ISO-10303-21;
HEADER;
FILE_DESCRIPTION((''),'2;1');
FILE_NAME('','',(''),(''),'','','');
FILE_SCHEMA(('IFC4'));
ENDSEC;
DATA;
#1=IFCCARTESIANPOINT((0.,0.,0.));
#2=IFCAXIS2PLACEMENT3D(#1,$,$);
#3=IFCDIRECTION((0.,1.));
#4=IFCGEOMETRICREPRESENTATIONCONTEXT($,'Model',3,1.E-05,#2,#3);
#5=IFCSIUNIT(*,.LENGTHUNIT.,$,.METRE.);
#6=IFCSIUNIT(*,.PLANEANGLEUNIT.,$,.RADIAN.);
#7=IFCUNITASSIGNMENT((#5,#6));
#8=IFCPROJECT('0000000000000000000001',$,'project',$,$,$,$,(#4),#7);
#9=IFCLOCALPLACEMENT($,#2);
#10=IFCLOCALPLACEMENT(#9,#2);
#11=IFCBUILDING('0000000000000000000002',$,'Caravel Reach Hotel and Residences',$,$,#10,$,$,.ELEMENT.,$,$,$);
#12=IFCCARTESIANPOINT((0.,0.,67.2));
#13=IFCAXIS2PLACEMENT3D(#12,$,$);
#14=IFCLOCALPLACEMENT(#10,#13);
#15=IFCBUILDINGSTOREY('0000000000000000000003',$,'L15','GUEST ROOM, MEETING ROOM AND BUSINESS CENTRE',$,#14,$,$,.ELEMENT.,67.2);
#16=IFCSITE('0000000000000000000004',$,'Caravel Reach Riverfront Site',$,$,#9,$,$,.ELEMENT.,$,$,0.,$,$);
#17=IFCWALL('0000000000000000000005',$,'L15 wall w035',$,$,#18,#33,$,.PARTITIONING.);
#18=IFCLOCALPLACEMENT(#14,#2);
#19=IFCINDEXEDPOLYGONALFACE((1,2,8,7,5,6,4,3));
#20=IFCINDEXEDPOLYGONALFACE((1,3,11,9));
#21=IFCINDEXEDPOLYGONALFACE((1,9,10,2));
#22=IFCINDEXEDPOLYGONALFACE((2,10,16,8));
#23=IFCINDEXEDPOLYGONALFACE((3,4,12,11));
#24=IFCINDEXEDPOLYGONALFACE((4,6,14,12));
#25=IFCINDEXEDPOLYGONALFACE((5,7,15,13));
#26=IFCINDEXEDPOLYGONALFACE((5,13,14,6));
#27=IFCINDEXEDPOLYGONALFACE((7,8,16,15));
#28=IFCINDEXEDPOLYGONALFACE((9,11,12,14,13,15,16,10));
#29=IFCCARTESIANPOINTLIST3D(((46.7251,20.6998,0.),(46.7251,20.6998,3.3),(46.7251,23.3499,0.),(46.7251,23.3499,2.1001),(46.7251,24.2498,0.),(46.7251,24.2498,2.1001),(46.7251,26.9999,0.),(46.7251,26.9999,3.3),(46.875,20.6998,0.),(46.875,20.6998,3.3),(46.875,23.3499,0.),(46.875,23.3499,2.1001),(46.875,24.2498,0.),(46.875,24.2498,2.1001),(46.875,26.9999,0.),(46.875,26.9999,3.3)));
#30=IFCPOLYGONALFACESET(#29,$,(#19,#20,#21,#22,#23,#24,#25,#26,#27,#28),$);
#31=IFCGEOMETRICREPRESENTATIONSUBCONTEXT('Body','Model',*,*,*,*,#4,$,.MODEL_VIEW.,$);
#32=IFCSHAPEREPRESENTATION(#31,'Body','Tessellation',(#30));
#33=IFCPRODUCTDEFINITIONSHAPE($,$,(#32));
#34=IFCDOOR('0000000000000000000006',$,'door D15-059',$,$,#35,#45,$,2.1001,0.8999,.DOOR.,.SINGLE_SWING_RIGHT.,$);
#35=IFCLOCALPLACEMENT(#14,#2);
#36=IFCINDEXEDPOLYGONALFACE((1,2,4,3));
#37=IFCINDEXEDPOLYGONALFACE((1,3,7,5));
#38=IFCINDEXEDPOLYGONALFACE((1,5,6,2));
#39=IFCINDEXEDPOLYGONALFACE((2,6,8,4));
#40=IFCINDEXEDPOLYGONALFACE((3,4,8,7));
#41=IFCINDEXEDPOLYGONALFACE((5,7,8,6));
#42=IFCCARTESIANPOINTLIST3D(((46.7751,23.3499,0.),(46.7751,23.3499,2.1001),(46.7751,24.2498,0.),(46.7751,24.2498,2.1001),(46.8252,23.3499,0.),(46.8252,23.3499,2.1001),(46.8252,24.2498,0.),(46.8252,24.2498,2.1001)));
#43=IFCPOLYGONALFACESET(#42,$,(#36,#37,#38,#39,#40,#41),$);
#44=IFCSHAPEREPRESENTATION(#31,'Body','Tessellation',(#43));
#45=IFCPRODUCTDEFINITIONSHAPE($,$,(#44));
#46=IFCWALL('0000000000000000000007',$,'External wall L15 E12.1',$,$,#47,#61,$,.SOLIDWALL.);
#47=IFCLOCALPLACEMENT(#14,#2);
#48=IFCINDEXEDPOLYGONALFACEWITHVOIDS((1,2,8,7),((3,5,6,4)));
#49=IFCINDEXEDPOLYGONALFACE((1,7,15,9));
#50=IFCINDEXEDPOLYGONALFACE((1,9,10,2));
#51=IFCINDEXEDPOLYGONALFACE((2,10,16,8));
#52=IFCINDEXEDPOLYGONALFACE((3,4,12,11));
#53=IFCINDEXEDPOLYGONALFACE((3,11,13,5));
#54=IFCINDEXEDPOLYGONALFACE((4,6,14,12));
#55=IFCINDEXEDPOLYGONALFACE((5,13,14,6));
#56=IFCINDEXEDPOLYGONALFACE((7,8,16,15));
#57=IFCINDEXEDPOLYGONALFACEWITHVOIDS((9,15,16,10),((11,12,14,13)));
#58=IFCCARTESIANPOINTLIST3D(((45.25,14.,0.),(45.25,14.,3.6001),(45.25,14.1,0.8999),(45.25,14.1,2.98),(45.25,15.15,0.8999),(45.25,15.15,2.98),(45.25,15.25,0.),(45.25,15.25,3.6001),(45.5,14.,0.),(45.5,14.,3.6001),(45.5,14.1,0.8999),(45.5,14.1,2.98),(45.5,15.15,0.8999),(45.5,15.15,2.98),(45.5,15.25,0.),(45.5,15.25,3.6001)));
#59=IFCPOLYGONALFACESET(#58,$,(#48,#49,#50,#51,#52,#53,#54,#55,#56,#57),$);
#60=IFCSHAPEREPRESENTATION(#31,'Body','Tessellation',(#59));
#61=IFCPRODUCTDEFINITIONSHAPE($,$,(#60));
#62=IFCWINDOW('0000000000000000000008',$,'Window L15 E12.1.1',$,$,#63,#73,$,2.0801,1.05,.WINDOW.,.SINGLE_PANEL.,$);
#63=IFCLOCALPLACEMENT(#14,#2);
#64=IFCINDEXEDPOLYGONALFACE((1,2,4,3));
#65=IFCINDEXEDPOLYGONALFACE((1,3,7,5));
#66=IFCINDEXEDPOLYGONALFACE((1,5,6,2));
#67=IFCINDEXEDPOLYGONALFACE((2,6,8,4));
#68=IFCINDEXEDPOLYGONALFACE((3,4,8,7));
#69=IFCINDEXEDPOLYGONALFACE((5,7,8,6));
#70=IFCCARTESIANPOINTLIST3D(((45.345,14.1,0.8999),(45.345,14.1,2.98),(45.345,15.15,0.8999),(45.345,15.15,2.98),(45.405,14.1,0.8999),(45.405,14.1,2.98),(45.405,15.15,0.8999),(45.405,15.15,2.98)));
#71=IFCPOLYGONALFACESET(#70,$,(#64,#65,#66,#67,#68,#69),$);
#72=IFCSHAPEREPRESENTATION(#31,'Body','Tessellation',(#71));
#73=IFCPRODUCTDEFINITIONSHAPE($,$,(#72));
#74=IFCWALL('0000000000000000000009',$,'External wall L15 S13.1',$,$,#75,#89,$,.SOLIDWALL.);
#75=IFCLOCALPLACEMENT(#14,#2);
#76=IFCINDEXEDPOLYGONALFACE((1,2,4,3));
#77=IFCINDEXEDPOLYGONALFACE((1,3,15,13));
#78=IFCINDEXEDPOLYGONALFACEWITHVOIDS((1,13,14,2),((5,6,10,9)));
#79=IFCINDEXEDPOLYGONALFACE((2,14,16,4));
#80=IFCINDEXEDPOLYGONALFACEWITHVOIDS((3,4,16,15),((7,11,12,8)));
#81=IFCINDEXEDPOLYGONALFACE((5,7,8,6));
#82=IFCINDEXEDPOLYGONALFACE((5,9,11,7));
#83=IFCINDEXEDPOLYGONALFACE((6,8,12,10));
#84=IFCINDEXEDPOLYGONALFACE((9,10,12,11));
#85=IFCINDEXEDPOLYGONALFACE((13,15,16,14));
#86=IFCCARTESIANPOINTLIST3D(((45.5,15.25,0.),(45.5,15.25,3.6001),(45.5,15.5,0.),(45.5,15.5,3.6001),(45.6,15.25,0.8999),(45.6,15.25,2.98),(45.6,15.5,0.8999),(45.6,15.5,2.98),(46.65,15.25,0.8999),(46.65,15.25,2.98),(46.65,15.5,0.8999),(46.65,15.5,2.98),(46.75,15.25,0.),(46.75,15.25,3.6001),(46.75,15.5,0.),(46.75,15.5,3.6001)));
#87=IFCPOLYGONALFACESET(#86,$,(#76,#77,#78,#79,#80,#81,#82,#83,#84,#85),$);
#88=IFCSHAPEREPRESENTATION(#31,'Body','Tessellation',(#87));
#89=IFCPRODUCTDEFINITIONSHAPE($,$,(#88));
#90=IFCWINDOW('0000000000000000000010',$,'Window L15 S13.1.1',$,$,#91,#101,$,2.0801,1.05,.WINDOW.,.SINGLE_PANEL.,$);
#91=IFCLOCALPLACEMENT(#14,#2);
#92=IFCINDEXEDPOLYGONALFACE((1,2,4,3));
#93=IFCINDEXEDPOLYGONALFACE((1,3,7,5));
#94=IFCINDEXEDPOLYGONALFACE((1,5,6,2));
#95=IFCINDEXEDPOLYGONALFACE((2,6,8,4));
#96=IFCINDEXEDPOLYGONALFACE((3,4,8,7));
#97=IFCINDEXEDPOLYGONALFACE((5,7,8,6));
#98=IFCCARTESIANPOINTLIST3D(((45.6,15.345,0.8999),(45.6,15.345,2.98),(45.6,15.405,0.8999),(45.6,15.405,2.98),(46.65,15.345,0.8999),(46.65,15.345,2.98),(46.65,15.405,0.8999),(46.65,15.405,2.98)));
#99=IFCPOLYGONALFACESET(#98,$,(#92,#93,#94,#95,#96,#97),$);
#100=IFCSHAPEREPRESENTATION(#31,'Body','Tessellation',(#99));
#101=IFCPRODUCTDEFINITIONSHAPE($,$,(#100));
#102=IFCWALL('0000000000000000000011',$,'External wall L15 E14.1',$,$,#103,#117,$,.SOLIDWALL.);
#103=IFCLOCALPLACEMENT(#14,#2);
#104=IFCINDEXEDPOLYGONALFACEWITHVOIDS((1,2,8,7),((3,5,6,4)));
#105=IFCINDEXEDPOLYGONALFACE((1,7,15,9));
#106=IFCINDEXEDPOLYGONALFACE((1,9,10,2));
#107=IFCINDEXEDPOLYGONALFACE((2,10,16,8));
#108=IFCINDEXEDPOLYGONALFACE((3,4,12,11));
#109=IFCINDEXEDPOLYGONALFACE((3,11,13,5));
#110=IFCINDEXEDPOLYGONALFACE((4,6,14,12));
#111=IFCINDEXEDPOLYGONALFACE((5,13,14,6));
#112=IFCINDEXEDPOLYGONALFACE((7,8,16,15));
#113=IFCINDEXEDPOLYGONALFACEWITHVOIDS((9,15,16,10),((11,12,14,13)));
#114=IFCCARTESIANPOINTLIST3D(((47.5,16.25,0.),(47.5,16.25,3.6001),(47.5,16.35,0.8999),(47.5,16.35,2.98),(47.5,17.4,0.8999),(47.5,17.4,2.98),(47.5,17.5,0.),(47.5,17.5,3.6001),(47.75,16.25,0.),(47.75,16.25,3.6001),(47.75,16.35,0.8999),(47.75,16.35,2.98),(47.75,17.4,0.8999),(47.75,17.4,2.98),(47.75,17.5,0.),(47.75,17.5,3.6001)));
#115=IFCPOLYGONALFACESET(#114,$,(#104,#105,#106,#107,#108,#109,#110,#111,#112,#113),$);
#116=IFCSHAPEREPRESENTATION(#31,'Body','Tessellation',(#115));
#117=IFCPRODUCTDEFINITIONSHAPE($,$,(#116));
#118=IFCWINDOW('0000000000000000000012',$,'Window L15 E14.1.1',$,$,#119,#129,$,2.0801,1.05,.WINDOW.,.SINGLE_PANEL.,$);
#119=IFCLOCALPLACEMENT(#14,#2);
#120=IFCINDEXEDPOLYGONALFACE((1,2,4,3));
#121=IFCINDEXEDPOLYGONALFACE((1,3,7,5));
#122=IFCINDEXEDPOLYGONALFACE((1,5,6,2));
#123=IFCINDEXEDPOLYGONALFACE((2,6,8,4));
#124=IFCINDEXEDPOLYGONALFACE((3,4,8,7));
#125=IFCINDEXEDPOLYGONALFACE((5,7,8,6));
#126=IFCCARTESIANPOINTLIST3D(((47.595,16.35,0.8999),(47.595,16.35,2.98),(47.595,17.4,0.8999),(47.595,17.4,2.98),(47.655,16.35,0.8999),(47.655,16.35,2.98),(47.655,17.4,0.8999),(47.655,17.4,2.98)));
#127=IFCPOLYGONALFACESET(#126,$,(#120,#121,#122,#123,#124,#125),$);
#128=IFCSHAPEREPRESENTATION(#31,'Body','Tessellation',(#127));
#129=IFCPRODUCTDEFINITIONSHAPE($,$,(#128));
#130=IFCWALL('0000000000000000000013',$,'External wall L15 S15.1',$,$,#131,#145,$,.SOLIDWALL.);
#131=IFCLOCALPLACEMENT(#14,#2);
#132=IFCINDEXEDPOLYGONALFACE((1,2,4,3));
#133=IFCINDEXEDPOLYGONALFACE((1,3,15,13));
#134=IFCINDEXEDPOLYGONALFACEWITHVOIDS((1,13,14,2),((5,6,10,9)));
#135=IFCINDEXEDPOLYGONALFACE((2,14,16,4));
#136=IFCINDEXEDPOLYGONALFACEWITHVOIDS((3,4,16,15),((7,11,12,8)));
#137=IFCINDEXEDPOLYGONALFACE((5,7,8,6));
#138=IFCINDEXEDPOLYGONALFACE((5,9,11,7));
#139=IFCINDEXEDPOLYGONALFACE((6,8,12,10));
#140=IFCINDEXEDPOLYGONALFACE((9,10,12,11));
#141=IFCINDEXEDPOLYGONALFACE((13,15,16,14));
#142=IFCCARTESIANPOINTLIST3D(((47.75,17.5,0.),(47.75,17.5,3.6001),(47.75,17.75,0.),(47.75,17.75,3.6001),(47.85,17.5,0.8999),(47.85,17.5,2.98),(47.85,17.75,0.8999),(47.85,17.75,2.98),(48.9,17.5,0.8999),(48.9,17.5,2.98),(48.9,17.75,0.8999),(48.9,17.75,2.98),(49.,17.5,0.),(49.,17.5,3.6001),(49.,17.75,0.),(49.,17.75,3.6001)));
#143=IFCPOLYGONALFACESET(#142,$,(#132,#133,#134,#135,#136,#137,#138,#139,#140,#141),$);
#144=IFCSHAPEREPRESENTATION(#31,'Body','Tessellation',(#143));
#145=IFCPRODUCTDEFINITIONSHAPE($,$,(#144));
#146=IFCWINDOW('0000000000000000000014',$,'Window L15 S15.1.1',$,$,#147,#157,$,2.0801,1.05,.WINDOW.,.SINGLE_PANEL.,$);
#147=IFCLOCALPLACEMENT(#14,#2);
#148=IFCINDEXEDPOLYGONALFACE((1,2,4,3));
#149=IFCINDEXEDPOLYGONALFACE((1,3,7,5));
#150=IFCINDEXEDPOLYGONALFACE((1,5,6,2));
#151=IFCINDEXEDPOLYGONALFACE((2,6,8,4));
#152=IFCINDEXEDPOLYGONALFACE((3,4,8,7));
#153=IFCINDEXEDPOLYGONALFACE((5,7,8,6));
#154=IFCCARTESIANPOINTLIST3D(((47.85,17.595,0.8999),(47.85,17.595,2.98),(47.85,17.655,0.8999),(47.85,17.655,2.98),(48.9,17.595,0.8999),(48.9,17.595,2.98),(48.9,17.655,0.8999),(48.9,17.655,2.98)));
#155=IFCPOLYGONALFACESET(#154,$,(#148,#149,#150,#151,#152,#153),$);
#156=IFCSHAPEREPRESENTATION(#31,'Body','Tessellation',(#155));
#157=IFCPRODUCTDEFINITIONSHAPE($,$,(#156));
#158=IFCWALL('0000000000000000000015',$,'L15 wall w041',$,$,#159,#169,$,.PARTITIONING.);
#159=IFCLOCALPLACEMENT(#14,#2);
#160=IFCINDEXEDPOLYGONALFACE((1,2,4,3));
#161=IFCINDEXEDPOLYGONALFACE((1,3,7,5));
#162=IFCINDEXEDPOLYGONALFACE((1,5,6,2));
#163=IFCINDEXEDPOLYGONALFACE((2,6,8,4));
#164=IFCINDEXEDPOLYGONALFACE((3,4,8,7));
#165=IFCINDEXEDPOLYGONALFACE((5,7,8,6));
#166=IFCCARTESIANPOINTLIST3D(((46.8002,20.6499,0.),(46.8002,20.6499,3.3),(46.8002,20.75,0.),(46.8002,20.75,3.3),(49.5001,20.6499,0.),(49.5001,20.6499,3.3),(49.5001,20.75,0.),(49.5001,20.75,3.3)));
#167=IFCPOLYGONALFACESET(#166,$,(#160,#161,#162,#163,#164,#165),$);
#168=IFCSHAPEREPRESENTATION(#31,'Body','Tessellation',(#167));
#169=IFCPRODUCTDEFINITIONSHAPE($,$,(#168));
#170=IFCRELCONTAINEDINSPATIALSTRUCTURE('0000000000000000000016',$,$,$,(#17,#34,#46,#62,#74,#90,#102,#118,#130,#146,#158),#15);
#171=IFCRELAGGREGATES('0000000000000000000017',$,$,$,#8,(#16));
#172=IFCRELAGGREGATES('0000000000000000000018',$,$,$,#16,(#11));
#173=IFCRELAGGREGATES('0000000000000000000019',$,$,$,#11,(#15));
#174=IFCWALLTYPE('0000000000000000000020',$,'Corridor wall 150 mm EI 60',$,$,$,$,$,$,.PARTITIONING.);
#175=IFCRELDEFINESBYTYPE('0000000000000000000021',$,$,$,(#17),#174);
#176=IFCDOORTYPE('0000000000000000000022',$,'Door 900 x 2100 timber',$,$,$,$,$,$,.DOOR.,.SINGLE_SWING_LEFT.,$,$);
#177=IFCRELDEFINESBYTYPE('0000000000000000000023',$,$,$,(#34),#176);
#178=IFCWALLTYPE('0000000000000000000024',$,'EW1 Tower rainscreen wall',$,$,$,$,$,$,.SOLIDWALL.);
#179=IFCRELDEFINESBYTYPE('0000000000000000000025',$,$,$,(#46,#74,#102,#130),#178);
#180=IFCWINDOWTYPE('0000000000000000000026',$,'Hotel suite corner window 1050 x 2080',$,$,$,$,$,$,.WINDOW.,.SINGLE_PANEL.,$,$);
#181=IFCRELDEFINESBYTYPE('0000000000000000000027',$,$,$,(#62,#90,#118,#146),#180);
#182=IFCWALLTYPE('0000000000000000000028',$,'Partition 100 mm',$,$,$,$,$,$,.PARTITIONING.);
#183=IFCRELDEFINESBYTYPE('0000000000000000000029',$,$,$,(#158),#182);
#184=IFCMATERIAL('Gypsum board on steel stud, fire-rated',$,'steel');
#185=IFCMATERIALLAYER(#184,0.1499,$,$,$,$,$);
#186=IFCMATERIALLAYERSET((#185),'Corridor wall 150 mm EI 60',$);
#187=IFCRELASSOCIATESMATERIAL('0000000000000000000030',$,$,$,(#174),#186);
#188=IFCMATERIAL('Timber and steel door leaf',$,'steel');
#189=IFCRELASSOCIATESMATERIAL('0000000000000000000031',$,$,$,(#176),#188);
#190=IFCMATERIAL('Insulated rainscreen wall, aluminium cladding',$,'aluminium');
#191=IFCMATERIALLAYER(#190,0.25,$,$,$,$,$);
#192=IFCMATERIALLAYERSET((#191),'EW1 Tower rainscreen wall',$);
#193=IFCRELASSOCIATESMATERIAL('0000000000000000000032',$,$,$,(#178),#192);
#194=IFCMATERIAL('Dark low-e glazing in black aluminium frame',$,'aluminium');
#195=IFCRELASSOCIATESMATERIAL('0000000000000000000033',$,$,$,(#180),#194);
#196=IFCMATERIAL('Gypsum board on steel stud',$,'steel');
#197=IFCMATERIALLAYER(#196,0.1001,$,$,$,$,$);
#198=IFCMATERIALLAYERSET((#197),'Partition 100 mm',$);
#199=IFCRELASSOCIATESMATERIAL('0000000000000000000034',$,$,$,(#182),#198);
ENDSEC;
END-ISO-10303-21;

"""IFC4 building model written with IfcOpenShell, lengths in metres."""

from ifc_helpers import new_model, si_unit, direction, frame, frame_2d, origin, place, context, subcontext, project, spatial, rectangle, extrude, material, layer, layer_set, type_object, element, fill, save


model = new_model("IFC4")

# Units and contexts
model_context = context("Model", 3, precision=1e-05, world=origin(), true_north=direction((0.0, 1.0)))
body_context = subcontext(model_context, "Body", "Model", "MODEL_VIEW")
ifc_project = project(units=[si_unit("LENGTHUNIT", "METRE"), si_unit("PLANEANGLEUNIT", "RADIAN")], contexts=[model_context])

# Site, building, storey
site_placement = place(None, origin())
site = spatial("IfcSite", under=ifc_project, at=site_placement, Name="Caravel Reach Riverfront Site", CompositionType="ELEMENT", RefElevation=0.0)
building_placement = place(site_placement, origin())
building = spatial("IfcBuilding", under=site, at=building_placement, Name="Caravel Reach Hotel and Residences", CompositionType="ELEMENT")
storey_placement = place(building_placement, frame((0.0, 0.0, 67.2)))
storey = spatial("IfcBuildingStorey", under=building, at=storey_placement, Name="L15", Description="GUEST ROOM, MEETING ROOM AND BUSINESS CENTRE", CompositionType="ELEMENT", Elevation=67.2)

# Wall, opening, door
ifc_material_1 = material(Name="Gypsum board on steel stud, fire-rated", Category="steel")
ifc_layer_1 = layer(ifc_material_1, 0.1499)
ifc_layer_set_1 = layer_set([ifc_layer_1], Name="Corridor wall 150 mm EI 60")
wall_type_1 = type_object("IfcWallType", Name="Corridor wall 150 mm EI 60", PredefinedType="PARTITIONING", material=ifc_layer_set_1)
wall_1_placement = place(storey_placement, frame((46.8, 20.7, 0.0), z_axis=(0.0, 0.0, 1.0), x_axis=(0.0, 1.0, 0.0)))
wall_1 = element("IfcWall", 1, at=wall_1_placement, inside=storey, type_object=wall_type_1, Name="L15 wall w035", PredefinedType="PARTITIONING", context=body_context, shape_type="SweptSolid", body=[
    extrude(rectangle(XDim=6.3, YDim=0.1499, at=frame_2d((3.1499, 0.0))), origin(), (0.0, 0.0, 1.0), 3.3),
])
opening_1_placement = place(wall_1_placement, frame((2.6499, 0.0, 0.0)))
opening_1 = element("IfcOpeningElement", 2, at=opening_1_placement, cuts=wall_1, PredefinedType="OPENING", context=body_context, shape_type="SweptSolid", body=[
    extrude(rectangle(XDim=0.8999, YDim=2.1001, at=frame_2d((0.45, 1.05))), frame((0.0, 0.085, 0.0), z_axis=(0.0, -1.0, 0.0), x_axis=(1.0, 0.0, 0.0)), (0.0, 0.0, 1.0), 0.1699),
])
ifc_material_2 = material(Name="Timber and steel door leaf", Category="steel")
door_type_1 = type_object("IfcDoorType", Name="Door 900 x 2100 timber", OperationType="SINGLE_SWING_LEFT", PredefinedType="DOOR", material=ifc_material_2)
door_1_placement = place(opening_1_placement, origin())
door_1 = element("IfcDoor", 3, at=door_1_placement, inside=storey, type_object=door_type_1, Name="door D15-059", OperationType="SINGLE_SWING_RIGHT", OverallHeight=2.1001, OverallWidth=0.8999, PredefinedType="DOOR", context=body_context, shape_type="SweptSolid", body=[
    extrude(rectangle(XDim=0.8999, YDim=2.1001, at=frame_2d((0.45, 1.05))), frame((0.0, 0.0249, 0.0), z_axis=(0.0, -1.0, 0.0), x_axis=(1.0, 0.0, 0.0)), (0.0, 0.0, 1.0), 0.05),
])
fill(opening_1, door_1)

# Walls, openings, windows
ifc_material_3 = material(Name="Insulated rainscreen wall, aluminium cladding", Category="aluminium")
ifc_layer_2 = layer(ifc_material_3, 0.25)
ifc_layer_set_2 = layer_set([ifc_layer_2], Name="EW1 Tower rainscreen wall")
wall_type_2 = type_object("IfcWallType", Name="EW1 Tower rainscreen wall", PredefinedType="SOLIDWALL", material=ifc_layer_set_2)
wall_2_placement = place(storey_placement, frame((45.375, 14.0, 0.0), z_axis=(0.0, 0.0, 1.0), x_axis=(0.0, 1.0, 0.0)))
wall_2 = element("IfcWall", 4, at=wall_2_placement, inside=storey, type_object=wall_type_2, Name="External wall L15 E12.1", PredefinedType="SOLIDWALL", context=body_context, shape_type="SweptSolid", body=[
    extrude(rectangle(XDim=1.25, YDim=0.25, at=frame_2d((0.625, 0.0))), origin(), (0.0, 0.0, 1.0), 3.6001),
])
opening_2_placement = place(wall_2_placement, frame((0.1001, 0.0, 0.8999)))
opening_2 = element("IfcOpeningElement", 5, at=opening_2_placement, cuts=wall_2, PredefinedType="OPENING", context=body_context, shape_type="SweptSolid", body=[
    extrude(rectangle(XDim=1.05, YDim=2.0801, at=frame_2d((0.5249, 1.04))), frame((0.0, 0.135, 0.0), z_axis=(0.0, -1.0, 0.0), x_axis=(1.0, 0.0, 0.0)), (0.0, 0.0, 1.0), 0.27),
])
ifc_material_4 = material(Name="Dark low-e glazing in black aluminium frame", Category="aluminium")
window_type = type_object("IfcWindowType", Name="Hotel suite corner window 1050 x 2080", PartitioningType="SINGLE_PANEL", PredefinedType="WINDOW", material=ifc_material_4)
window_1_placement = place(opening_2_placement, origin())
window_1 = element("IfcWindow", 6, at=window_1_placement, inside=storey, type_object=window_type, Name="Window L15 E12.1.1", OverallHeight=2.0801, OverallWidth=1.05, PartitioningType="SINGLE_PANEL", PredefinedType="WINDOW", context=body_context, shape_type="SweptSolid", body=[
    extrude(rectangle(XDim=1.05, YDim=2.0801, at=frame_2d((0.5249, 1.04))), frame((0.0, 0.03, 0.0), z_axis=(0.0, -1.0, 0.0), x_axis=(1.0, 0.0, 0.0)), (0.0, 0.0, 1.0), 0.0601),
])
fill(opening_2, window_1)
wall_3_placement = place(storey_placement, frame((45.5, 15.375, 0.0), z_axis=(0.0, 0.0, 1.0), x_axis=(1.0, 0.0, 0.0)))
wall_3 = element("IfcWall", 7, at=wall_3_placement, inside=storey, type_object=wall_type_2, Name="External wall L15 S13.1", PredefinedType="SOLIDWALL", context=body_context, shape_type="SweptSolid", body=[
    extrude(rectangle(XDim=1.25, YDim=0.25, at=frame_2d((0.625, 0.0))), origin(), (0.0, 0.0, 1.0), 3.6001),
])
opening_3_placement = place(wall_3_placement, frame((0.1001, 0.0, 0.8999)))
opening_3 = element("IfcOpeningElement", 8, at=opening_3_placement, cuts=wall_3, PredefinedType="OPENING", context=body_context, shape_type="SweptSolid", body=[
    extrude(rectangle(XDim=1.05, YDim=2.0801, at=frame_2d((0.5249, 1.04))), frame((0.0, 0.135, 0.0), z_axis=(0.0, -1.0, 0.0), x_axis=(1.0, 0.0, 0.0)), (0.0, 0.0, 1.0), 0.27),
])
window_2_placement = place(opening_3_placement, origin())
window_2 = element("IfcWindow", 9, at=window_2_placement, inside=storey, type_object=window_type, Name="Window L15 S13.1.1", OverallHeight=2.0801, OverallWidth=1.05, PartitioningType="SINGLE_PANEL", PredefinedType="WINDOW", context=body_context, shape_type="SweptSolid", body=[
    extrude(rectangle(XDim=1.05, YDim=2.0801, at=frame_2d((0.5249, 1.04))), frame((0.0, 0.03, 0.0), z_axis=(0.0, -1.0, 0.0), x_axis=(1.0, 0.0, 0.0)), (0.0, 0.0, 1.0), 0.0601),
])
fill(opening_3, window_2)
wall_4_placement = place(storey_placement, frame((47.625, 16.25, 0.0), z_axis=(0.0, 0.0, 1.0), x_axis=(0.0, 1.0, 0.0)))
wall_4 = element("IfcWall", 10, at=wall_4_placement, inside=storey, type_object=wall_type_2, Name="External wall L15 E14.1", PredefinedType="SOLIDWALL", context=body_context, shape_type="SweptSolid", body=[
    extrude(rectangle(XDim=1.25, YDim=0.25, at=frame_2d((0.625, 0.0))), origin(), (0.0, 0.0, 1.0), 3.6001),
])
opening_4_placement = place(wall_4_placement, frame((0.1001, 0.0, 0.8999)))
opening_4 = element("IfcOpeningElement", 11, at=opening_4_placement, cuts=wall_4, PredefinedType="OPENING", context=body_context, shape_type="SweptSolid", body=[
    extrude(rectangle(XDim=1.05, YDim=2.0801, at=frame_2d((0.5249, 1.04))), frame((0.0, 0.135, 0.0), z_axis=(0.0, -1.0, 0.0), x_axis=(1.0, 0.0, 0.0)), (0.0, 0.0, 1.0), 0.27),
])
window_3_placement = place(opening_4_placement, origin())
window_3 = element("IfcWindow", 12, at=window_3_placement, inside=storey, type_object=window_type, Name="Window L15 E14.1.1", OverallHeight=2.0801, OverallWidth=1.05, PartitioningType="SINGLE_PANEL", PredefinedType="WINDOW", context=body_context, shape_type="SweptSolid", body=[
    extrude(rectangle(XDim=1.05, YDim=2.0801, at=frame_2d((0.5249, 1.04))), frame((0.0, 0.03, 0.0), z_axis=(0.0, -1.0, 0.0), x_axis=(1.0, 0.0, 0.0)), (0.0, 0.0, 1.0), 0.0601),
])
fill(opening_4, window_3)
wall_5_placement = place(storey_placement, frame((47.75, 17.625, 0.0), z_axis=(0.0, 0.0, 1.0), x_axis=(1.0, 0.0, 0.0)))
wall_5 = element("IfcWall", 13, at=wall_5_placement, inside=storey, type_object=wall_type_2, Name="External wall L15 S15.1", PredefinedType="SOLIDWALL", context=body_context, shape_type="SweptSolid", body=[
    extrude(rectangle(XDim=1.25, YDim=0.25, at=frame_2d((0.625, 0.0))), origin(), (0.0, 0.0, 1.0), 3.6001),
])
opening_5_placement = place(wall_5_placement, frame((0.1001, 0.0, 0.8999)))
opening_5 = element("IfcOpeningElement", 14, at=opening_5_placement, cuts=wall_5, PredefinedType="OPENING", context=body_context, shape_type="SweptSolid", body=[
    extrude(rectangle(XDim=1.05, YDim=2.0801, at=frame_2d((0.5249, 1.04))), frame((0.0, 0.135, 0.0), z_axis=(0.0, -1.0, 0.0), x_axis=(1.0, 0.0, 0.0)), (0.0, 0.0, 1.0), 0.27),
])
window_4_placement = place(opening_5_placement, origin())
window_4 = element("IfcWindow", 15, at=window_4_placement, inside=storey, type_object=window_type, Name="Window L15 S15.1.1", OverallHeight=2.0801, OverallWidth=1.05, PartitioningType="SINGLE_PANEL", PredefinedType="WINDOW", context=body_context, shape_type="SweptSolid", body=[
    extrude(rectangle(XDim=1.05, YDim=2.0801, at=frame_2d((0.5249, 1.04))), frame((0.0, 0.03, 0.0), z_axis=(0.0, -1.0, 0.0), x_axis=(1.0, 0.0, 0.0)), (0.0, 0.0, 1.0), 0.0601),
])
fill(opening_5, window_4)

# Wall
ifc_material_5 = material(Name="Gypsum board on steel stud", Category="steel")
ifc_layer_3 = layer(ifc_material_5, 0.1001)
ifc_layer_set_3 = layer_set([ifc_layer_3], Name="Partition 100 mm")
wall_type_3 = type_object("IfcWallType", Name="Partition 100 mm", PredefinedType="PARTITIONING", material=ifc_layer_set_3)
wall_6_placement = place(storey_placement, frame((46.8, 20.7, 0.0), z_axis=(0.0, 0.0, 1.0), x_axis=(1.0, 0.0, 0.0)))
element("IfcWall", 16, at=wall_6_placement, inside=storey, type_object=wall_type_3, Name="L15 wall w041", PredefinedType="PARTITIONING", context=body_context, shape_type="SweptSolid", body=[
    extrude(rectangle(XDim=2.7, YDim=0.1001, at=frame_2d((1.3501, 0.0))), origin(), (0.0, 0.0, 1.0), 3.3),
])

save(model, "model.ifc")
